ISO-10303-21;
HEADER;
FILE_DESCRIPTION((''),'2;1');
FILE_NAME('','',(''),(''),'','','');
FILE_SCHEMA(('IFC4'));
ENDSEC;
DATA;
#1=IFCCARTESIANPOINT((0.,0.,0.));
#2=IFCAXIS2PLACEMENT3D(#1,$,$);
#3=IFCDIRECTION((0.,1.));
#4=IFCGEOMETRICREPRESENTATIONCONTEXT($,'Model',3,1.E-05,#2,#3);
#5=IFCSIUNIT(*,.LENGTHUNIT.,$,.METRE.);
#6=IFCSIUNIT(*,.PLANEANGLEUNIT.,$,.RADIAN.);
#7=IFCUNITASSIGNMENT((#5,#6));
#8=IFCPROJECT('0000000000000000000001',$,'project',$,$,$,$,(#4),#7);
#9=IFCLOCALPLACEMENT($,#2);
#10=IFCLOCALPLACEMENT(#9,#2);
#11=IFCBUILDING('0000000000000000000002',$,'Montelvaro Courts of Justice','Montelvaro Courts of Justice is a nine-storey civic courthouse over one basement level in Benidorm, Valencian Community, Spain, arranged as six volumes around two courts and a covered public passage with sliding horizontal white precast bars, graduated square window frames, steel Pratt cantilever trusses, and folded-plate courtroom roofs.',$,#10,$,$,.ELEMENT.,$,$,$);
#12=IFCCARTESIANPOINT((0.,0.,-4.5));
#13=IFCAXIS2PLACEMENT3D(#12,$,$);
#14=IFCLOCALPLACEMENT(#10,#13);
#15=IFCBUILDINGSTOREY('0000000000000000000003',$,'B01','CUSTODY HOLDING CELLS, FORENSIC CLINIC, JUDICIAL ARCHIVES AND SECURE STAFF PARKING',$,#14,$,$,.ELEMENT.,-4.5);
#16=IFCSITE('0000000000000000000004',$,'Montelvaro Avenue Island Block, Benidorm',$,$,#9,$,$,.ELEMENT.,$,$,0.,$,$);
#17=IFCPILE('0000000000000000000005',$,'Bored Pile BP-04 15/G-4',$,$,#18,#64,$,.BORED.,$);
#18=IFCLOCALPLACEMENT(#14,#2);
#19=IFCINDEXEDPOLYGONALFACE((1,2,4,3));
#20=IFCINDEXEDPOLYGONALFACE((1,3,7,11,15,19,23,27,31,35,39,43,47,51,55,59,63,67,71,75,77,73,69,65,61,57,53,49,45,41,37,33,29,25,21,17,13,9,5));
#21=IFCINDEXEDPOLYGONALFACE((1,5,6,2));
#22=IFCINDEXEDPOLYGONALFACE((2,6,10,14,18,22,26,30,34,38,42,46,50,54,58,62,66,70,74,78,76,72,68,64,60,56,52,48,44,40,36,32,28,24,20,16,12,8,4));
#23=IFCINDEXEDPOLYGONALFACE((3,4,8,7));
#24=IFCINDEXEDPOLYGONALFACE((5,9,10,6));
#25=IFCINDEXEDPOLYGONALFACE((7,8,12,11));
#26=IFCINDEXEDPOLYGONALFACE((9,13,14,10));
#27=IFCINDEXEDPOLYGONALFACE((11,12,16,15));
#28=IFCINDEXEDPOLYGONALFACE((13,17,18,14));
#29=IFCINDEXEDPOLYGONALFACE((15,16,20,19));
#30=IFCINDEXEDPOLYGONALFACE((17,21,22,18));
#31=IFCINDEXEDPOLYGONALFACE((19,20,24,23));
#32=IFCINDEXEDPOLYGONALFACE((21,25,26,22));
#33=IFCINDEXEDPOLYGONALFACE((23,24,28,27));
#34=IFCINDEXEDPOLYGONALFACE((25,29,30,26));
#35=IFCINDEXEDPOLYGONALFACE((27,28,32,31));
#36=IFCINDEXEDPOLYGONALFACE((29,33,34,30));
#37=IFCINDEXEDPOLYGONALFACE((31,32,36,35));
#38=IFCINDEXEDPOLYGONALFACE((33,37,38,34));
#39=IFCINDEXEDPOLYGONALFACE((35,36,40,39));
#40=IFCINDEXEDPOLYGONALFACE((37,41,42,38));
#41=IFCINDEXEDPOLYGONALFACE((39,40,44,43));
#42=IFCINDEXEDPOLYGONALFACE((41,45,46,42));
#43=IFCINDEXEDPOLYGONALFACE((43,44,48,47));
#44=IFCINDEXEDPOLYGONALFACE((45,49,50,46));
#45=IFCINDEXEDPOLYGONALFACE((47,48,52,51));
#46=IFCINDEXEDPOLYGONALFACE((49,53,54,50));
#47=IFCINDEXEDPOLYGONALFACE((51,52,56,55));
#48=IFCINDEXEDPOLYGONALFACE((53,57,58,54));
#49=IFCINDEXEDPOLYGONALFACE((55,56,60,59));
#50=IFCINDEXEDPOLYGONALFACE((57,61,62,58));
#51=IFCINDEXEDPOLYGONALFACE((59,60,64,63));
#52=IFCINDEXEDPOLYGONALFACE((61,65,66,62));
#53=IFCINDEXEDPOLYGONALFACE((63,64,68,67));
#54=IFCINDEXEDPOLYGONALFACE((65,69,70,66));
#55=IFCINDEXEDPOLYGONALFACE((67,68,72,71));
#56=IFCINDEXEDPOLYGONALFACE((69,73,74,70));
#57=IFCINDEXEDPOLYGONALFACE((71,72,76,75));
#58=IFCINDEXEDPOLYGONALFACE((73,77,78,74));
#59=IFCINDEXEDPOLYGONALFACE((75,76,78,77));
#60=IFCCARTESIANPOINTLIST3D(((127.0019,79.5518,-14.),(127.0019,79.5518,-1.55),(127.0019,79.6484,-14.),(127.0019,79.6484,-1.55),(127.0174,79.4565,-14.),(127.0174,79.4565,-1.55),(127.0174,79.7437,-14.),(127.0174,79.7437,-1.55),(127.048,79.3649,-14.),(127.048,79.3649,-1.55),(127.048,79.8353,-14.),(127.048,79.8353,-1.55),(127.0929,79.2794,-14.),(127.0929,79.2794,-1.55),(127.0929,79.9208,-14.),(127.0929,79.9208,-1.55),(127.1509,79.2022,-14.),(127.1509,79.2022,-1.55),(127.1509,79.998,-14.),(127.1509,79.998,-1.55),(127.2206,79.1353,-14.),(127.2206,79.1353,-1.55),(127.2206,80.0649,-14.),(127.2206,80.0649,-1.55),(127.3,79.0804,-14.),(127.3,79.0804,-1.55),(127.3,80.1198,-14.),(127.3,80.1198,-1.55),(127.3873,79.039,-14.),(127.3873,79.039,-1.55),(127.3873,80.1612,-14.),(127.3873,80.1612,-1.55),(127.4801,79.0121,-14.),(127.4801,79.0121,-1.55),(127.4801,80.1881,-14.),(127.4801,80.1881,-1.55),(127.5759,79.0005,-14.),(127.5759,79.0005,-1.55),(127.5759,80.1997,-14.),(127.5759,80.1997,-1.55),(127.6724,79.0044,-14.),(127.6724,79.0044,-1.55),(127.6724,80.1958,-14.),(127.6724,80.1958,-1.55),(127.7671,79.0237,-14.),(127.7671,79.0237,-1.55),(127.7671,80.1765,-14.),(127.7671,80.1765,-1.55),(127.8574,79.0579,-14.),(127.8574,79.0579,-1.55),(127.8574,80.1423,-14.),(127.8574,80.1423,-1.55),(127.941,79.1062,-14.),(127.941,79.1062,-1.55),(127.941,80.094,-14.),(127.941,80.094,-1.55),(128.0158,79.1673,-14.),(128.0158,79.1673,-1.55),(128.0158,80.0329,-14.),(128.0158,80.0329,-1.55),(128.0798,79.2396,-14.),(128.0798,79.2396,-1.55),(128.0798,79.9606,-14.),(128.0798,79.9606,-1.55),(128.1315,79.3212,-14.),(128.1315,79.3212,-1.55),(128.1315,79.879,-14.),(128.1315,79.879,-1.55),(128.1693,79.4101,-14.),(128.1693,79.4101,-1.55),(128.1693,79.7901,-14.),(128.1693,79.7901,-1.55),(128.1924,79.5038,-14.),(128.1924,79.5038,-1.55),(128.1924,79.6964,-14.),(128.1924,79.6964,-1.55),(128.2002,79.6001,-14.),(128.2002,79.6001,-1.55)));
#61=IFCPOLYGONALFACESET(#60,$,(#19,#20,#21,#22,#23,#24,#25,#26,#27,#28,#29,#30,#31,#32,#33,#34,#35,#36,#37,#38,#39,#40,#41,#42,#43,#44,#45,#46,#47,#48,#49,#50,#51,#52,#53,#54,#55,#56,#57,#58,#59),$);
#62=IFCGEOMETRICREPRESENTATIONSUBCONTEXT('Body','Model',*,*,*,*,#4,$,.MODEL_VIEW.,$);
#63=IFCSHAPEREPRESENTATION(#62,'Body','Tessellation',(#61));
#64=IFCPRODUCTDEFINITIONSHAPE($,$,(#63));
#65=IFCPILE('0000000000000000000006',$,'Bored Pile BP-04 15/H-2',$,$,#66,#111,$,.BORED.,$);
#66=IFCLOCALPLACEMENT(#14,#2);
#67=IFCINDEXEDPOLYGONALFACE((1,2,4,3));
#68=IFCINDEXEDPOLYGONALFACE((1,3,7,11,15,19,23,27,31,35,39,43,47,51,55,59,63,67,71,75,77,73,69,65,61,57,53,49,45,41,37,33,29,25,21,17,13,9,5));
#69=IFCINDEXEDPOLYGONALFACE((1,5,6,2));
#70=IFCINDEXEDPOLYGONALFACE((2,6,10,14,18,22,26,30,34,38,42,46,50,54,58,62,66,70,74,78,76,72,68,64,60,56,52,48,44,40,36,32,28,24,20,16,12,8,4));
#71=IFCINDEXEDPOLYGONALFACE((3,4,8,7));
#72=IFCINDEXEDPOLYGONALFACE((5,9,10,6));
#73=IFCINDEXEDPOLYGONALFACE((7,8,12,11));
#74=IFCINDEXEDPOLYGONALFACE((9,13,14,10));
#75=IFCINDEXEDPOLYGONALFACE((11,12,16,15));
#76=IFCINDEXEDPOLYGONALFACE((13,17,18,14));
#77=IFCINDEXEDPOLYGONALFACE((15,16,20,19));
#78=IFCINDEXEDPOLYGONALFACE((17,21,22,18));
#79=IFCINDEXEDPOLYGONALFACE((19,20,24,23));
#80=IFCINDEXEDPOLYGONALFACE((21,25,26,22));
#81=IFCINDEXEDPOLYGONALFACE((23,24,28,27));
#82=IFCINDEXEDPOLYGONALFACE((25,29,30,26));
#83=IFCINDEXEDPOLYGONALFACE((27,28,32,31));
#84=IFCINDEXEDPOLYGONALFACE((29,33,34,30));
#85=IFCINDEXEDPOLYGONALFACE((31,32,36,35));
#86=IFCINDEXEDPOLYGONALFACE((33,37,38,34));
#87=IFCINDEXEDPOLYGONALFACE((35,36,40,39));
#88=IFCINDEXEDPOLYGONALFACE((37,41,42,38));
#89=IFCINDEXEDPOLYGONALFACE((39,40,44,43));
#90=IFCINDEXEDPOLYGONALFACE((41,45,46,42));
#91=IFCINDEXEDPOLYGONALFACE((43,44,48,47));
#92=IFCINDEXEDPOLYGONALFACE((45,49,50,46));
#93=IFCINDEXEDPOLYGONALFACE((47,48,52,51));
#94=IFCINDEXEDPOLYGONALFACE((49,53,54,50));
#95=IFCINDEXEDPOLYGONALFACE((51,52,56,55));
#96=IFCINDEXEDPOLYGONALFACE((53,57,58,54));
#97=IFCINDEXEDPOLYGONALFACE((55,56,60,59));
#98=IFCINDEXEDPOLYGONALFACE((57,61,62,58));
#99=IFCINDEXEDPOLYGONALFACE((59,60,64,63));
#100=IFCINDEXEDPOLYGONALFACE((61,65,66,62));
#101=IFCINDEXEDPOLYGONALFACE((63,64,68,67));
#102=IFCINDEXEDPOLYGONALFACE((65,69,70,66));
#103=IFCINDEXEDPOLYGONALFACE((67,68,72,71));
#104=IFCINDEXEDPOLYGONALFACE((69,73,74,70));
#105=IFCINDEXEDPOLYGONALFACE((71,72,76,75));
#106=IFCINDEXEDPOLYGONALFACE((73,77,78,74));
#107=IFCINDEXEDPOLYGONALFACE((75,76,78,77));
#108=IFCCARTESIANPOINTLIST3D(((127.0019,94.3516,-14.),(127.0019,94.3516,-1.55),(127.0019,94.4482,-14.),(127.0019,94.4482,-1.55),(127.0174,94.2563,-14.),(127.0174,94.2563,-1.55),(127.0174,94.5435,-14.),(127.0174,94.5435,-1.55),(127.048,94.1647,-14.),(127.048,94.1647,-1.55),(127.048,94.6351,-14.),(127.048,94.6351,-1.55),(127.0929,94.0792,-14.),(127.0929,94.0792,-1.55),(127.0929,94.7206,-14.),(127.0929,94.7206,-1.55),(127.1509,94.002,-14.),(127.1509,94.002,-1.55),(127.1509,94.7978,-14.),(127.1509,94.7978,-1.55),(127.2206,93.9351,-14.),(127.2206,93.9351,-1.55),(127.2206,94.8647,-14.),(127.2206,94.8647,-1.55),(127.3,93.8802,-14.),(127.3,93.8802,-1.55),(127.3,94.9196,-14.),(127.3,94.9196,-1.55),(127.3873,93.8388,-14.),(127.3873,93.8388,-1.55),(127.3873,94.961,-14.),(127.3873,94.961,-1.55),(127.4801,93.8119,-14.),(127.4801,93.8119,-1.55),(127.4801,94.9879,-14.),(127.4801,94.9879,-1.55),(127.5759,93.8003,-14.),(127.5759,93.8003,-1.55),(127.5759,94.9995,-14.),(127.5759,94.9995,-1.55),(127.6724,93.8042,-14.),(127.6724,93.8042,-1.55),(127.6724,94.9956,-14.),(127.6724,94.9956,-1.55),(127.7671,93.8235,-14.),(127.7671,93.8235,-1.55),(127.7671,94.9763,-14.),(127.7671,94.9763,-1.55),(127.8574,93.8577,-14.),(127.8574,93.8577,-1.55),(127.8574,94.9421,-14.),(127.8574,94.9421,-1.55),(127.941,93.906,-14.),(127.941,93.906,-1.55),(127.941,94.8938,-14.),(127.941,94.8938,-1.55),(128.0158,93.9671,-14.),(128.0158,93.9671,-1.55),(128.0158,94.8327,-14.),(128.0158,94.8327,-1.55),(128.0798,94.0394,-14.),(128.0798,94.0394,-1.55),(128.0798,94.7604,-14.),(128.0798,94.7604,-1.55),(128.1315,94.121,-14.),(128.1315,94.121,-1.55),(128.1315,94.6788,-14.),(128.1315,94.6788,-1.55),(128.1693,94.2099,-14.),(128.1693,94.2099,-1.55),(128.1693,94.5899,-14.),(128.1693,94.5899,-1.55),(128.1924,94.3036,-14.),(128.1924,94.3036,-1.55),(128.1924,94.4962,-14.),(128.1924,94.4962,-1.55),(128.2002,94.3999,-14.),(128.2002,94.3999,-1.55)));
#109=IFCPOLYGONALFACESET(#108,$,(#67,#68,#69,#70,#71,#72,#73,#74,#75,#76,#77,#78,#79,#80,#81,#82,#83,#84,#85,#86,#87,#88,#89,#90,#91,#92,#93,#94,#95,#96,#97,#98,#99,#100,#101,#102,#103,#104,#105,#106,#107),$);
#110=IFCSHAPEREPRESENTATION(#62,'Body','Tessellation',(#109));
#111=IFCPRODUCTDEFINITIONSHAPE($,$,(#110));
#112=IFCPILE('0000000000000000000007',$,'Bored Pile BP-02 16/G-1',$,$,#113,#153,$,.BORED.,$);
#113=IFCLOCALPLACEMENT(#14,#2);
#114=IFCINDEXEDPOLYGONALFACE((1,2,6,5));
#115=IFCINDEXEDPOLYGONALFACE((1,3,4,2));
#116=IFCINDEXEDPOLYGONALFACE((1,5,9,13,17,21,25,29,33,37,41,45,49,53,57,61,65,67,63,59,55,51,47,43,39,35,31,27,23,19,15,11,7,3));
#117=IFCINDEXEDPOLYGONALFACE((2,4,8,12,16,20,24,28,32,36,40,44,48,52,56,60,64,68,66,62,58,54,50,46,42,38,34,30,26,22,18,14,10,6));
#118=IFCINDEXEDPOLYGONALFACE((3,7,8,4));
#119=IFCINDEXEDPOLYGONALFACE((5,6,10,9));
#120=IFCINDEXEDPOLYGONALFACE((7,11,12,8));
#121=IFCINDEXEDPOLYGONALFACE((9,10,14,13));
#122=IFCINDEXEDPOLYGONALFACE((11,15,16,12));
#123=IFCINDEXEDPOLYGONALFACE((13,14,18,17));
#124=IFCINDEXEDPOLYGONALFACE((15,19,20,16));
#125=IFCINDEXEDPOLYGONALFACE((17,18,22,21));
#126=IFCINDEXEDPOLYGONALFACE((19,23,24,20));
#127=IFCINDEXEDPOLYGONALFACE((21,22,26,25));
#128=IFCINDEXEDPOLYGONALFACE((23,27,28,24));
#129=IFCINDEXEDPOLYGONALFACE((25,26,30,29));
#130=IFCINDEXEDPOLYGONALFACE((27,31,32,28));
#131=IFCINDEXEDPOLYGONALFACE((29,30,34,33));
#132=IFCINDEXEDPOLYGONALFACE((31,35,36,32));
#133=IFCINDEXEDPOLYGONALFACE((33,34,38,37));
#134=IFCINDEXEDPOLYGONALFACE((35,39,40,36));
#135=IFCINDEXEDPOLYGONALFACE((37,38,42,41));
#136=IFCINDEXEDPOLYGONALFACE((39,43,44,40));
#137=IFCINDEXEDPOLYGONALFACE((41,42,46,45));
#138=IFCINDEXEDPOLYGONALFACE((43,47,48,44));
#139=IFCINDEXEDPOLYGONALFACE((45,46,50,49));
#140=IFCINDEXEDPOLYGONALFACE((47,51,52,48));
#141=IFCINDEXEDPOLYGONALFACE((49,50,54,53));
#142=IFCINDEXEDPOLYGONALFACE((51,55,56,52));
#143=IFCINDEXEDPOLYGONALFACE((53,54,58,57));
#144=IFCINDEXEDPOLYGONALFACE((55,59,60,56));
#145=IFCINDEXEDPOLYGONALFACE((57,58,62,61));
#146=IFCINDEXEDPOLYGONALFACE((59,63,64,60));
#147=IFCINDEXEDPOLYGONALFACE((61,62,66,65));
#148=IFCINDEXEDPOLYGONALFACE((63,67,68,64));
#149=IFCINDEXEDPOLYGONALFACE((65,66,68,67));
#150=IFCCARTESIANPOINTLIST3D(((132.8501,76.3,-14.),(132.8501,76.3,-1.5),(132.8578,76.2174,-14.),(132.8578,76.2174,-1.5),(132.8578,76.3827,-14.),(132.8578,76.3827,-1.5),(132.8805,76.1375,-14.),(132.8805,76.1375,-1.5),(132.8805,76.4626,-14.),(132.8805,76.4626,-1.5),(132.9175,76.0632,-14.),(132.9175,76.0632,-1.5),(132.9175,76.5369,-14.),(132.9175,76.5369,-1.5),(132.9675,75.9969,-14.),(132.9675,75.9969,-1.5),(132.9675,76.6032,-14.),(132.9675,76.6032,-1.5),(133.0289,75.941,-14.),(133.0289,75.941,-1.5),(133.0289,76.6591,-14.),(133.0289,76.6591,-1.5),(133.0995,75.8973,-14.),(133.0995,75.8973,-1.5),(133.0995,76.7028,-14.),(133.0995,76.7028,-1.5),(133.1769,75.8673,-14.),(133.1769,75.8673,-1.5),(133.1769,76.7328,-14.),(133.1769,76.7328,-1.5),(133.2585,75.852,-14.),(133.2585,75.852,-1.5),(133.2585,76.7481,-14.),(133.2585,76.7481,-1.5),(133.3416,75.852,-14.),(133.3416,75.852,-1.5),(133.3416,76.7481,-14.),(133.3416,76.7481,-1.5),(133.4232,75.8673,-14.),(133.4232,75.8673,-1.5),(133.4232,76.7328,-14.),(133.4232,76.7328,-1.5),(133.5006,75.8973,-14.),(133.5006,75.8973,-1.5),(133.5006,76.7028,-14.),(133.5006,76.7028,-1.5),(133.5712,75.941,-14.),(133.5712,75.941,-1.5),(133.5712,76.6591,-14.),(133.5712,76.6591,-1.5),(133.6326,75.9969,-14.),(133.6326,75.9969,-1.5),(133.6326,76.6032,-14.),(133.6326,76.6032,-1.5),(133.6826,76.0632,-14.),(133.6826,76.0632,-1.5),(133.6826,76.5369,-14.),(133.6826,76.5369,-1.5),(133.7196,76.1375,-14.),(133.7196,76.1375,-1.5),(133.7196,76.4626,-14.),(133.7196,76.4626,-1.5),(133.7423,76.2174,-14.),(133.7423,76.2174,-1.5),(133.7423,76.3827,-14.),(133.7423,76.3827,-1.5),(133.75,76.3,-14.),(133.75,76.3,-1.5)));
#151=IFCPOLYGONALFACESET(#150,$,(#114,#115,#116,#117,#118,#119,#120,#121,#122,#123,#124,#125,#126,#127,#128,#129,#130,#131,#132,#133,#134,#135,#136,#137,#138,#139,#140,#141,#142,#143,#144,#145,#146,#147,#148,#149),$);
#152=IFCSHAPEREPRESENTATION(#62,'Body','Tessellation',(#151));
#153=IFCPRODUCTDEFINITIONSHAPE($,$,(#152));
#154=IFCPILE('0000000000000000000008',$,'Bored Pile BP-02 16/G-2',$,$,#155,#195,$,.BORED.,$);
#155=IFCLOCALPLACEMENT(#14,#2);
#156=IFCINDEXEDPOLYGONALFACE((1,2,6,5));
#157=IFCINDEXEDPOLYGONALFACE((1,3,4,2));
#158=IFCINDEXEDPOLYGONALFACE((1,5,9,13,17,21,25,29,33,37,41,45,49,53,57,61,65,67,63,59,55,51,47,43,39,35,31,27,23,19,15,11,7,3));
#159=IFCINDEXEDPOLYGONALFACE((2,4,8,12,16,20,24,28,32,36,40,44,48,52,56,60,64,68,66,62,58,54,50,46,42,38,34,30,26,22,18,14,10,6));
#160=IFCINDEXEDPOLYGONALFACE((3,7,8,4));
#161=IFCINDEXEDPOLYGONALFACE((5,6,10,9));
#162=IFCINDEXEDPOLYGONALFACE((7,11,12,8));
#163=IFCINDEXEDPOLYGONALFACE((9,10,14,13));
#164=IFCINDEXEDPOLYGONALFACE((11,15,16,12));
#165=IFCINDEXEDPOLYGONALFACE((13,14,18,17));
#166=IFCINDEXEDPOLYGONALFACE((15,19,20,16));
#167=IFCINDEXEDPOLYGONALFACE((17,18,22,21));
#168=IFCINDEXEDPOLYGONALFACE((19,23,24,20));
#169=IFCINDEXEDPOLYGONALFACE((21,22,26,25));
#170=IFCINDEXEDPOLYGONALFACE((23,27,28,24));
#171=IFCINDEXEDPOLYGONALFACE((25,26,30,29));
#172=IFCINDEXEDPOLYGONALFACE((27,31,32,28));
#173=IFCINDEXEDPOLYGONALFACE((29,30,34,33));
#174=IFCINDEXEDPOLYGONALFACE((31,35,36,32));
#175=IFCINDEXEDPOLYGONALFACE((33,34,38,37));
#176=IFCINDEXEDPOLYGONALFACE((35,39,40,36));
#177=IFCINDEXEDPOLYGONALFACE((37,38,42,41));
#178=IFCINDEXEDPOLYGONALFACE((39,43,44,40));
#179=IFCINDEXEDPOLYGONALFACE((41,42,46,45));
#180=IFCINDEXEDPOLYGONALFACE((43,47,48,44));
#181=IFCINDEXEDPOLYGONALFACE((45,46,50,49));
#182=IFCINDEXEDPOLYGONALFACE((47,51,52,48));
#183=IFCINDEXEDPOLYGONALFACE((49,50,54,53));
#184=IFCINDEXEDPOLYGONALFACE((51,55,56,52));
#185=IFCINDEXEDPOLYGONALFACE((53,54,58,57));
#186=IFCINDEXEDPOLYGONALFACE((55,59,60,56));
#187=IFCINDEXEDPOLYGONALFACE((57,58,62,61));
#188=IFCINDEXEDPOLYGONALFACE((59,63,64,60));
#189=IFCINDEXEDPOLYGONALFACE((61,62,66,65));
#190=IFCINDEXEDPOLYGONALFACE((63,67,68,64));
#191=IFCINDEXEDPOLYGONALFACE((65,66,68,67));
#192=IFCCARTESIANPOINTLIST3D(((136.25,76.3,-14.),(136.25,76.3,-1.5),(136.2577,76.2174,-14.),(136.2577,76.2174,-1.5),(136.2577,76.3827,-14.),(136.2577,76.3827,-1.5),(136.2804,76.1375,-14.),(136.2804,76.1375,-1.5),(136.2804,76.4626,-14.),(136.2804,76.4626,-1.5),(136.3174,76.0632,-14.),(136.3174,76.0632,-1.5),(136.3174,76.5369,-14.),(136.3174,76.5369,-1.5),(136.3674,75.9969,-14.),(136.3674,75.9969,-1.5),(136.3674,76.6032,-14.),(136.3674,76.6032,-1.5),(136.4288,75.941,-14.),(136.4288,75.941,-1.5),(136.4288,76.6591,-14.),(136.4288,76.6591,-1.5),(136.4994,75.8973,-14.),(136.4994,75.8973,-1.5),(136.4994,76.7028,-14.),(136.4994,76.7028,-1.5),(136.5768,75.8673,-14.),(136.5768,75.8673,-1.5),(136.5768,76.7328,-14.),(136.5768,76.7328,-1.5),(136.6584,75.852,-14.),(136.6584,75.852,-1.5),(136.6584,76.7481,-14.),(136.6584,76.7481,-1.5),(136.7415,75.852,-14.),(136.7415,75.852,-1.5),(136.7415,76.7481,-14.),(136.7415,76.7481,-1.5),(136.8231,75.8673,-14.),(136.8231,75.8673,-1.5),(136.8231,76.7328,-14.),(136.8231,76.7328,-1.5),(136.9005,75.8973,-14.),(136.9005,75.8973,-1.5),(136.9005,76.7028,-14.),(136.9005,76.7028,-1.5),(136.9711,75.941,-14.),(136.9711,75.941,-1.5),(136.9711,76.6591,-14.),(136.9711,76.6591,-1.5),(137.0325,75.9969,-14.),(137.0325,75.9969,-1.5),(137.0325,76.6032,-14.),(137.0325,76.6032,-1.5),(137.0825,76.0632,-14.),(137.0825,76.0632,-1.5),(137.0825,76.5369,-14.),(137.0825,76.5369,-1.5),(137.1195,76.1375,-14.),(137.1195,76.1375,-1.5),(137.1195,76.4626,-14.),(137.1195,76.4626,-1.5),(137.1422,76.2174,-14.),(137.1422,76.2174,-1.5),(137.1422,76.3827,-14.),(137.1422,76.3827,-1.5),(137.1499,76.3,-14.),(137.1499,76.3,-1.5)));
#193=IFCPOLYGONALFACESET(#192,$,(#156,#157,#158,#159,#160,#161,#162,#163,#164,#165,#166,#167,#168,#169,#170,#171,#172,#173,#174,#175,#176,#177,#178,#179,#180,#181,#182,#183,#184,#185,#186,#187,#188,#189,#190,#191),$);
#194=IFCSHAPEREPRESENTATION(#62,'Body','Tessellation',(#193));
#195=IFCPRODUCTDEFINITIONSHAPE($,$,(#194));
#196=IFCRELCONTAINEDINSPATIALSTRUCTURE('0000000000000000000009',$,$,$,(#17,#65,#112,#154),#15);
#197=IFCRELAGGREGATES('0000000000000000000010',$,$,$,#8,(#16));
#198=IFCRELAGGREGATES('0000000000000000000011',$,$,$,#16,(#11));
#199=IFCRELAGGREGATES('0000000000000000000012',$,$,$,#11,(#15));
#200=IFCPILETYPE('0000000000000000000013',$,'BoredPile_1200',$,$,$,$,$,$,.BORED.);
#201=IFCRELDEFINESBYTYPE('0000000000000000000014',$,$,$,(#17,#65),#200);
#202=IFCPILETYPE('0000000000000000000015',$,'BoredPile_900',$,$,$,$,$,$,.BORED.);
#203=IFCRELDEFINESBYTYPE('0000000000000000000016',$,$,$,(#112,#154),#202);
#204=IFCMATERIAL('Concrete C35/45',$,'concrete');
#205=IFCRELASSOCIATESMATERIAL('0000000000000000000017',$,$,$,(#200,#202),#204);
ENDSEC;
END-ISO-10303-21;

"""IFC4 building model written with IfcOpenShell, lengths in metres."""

from ifc_helpers import new_model, si_unit, direction, frame, origin, origin_2d, place, context, subcontext, project, spatial, circle, extrude, material, material_profile, profile_set, type_object, element, save


model = new_model("IFC4")

# Units and contexts
model_context = context("Model", 3, precision=1e-05, world=origin(), true_north=direction((0.0, 1.0)))
body_context = subcontext(model_context, "Body", "Model", "MODEL_VIEW")
ifc_project = project(units=[si_unit("LENGTHUNIT", "METRE"), si_unit("PLANEANGLEUNIT", "RADIAN")], contexts=[model_context])

# Site, building, storey
site_placement = place(None, origin())
site = spatial("IfcSite", under=ifc_project, at=site_placement, Name="Montelvaro Avenue Island Block, Benidorm", CompositionType="ELEMENT", RefElevation=0.0)
building_placement = place(site_placement, origin())
building = spatial("IfcBuilding", under=site, at=building_placement, Name="Montelvaro Courts of Justice", Description="Montelvaro Courts of Justice is a nine-storey civic courthouse over one basement level in Benidorm, Valencian Community, Spain, arranged as six volumes around two courts and a covered public passage with sliding horizontal white precast bars, graduated square window frames, steel Pratt cantilever trusses, and folded-plate courtroom roofs.", CompositionType="ELEMENT")
storey_placement = place(building_placement, frame((0.0, 0.0, -4.5)))
storey = spatial("IfcBuildingStorey", under=building, at=storey_placement, Name="B01", Description="CUSTODY HOLDING CELLS, FORENSIC CLINIC, JUDICIAL ARCHIVES AND SECURE STAFF PARKING", CompositionType="ELEMENT", Elevation=-4.5)

# Piles
ifc_material_1 = material(Name="Concrete C35/45", Category="concrete")
ifc_material_profile_1 = material_profile(ifc_material_1, circle(Radius=0.6001, at=origin_2d()), Name="BORED PILE D1200")
ifc_profile_set_1 = profile_set([ifc_material_profile_1], Name="Concrete C35/45")
pile_type_1 = type_object("IfcPileType", Name="BoredPile_1200", PredefinedType="BORED", material=ifc_profile_set_1)
for number, where, z_axis, x_axis, name in (
    (1, (127.6001, 79.6001, -1.55), (0.0, 0.0, -1.0), (1.0, 0.0, 0.0), "Bored Pile BP-04 15/G-4"),
    (2, (127.6001, 94.3999, -1.55), (0.0, 0.0, -1.0), (1.0, 0.0, 0.0), "Bored Pile BP-04 15/H-2"),
):
    element("IfcPile", number, at=place(storey_placement, frame(where, z_axis=z_axis, x_axis=x_axis)), inside=storey, type_object=pile_type_1, Name=name, PredefinedType="BORED", context=body_context, shape_type="SweptSolid", body=[
        extrude(circle(Radius=0.6001, at=origin_2d()), origin(), (0.0, 0.0, 1.0), 12.45),
    ])
ifc_material_profile_2 = material_profile(ifc_material_1, circle(Radius=0.45, at=origin_2d()), Name="BORED PILE D900")
ifc_profile_set_2 = profile_set([ifc_material_profile_2], Name="Concrete C35/45")
pile_type_2 = type_object("IfcPileType", Name="BoredPile_900", PredefinedType="BORED", material=ifc_profile_set_2)
for number, where, z_axis, x_axis, name in (
    (3, (133.3, 76.3, -1.5), (0.0, 0.0, -1.0), (1.0, 0.0, 0.0), "Bored Pile BP-02 16/G-1"),
    (4, (136.7, 76.3, -1.5), (0.0, 0.0, -1.0), (1.0, 0.0, 0.0), "Bored Pile BP-02 16/G-2"),
):
    element("IfcPile", number, at=place(storey_placement, frame(where, z_axis=z_axis, x_axis=x_axis)), inside=storey, type_object=pile_type_2, Name=name, PredefinedType="BORED", context=body_context, shape_type="SweptSolid", body=[
        extrude(circle(Radius=0.45, at=origin_2d()), origin(), (0.0, 0.0, 1.0), 12.5),
    ])

save(model, "model.ifc")
